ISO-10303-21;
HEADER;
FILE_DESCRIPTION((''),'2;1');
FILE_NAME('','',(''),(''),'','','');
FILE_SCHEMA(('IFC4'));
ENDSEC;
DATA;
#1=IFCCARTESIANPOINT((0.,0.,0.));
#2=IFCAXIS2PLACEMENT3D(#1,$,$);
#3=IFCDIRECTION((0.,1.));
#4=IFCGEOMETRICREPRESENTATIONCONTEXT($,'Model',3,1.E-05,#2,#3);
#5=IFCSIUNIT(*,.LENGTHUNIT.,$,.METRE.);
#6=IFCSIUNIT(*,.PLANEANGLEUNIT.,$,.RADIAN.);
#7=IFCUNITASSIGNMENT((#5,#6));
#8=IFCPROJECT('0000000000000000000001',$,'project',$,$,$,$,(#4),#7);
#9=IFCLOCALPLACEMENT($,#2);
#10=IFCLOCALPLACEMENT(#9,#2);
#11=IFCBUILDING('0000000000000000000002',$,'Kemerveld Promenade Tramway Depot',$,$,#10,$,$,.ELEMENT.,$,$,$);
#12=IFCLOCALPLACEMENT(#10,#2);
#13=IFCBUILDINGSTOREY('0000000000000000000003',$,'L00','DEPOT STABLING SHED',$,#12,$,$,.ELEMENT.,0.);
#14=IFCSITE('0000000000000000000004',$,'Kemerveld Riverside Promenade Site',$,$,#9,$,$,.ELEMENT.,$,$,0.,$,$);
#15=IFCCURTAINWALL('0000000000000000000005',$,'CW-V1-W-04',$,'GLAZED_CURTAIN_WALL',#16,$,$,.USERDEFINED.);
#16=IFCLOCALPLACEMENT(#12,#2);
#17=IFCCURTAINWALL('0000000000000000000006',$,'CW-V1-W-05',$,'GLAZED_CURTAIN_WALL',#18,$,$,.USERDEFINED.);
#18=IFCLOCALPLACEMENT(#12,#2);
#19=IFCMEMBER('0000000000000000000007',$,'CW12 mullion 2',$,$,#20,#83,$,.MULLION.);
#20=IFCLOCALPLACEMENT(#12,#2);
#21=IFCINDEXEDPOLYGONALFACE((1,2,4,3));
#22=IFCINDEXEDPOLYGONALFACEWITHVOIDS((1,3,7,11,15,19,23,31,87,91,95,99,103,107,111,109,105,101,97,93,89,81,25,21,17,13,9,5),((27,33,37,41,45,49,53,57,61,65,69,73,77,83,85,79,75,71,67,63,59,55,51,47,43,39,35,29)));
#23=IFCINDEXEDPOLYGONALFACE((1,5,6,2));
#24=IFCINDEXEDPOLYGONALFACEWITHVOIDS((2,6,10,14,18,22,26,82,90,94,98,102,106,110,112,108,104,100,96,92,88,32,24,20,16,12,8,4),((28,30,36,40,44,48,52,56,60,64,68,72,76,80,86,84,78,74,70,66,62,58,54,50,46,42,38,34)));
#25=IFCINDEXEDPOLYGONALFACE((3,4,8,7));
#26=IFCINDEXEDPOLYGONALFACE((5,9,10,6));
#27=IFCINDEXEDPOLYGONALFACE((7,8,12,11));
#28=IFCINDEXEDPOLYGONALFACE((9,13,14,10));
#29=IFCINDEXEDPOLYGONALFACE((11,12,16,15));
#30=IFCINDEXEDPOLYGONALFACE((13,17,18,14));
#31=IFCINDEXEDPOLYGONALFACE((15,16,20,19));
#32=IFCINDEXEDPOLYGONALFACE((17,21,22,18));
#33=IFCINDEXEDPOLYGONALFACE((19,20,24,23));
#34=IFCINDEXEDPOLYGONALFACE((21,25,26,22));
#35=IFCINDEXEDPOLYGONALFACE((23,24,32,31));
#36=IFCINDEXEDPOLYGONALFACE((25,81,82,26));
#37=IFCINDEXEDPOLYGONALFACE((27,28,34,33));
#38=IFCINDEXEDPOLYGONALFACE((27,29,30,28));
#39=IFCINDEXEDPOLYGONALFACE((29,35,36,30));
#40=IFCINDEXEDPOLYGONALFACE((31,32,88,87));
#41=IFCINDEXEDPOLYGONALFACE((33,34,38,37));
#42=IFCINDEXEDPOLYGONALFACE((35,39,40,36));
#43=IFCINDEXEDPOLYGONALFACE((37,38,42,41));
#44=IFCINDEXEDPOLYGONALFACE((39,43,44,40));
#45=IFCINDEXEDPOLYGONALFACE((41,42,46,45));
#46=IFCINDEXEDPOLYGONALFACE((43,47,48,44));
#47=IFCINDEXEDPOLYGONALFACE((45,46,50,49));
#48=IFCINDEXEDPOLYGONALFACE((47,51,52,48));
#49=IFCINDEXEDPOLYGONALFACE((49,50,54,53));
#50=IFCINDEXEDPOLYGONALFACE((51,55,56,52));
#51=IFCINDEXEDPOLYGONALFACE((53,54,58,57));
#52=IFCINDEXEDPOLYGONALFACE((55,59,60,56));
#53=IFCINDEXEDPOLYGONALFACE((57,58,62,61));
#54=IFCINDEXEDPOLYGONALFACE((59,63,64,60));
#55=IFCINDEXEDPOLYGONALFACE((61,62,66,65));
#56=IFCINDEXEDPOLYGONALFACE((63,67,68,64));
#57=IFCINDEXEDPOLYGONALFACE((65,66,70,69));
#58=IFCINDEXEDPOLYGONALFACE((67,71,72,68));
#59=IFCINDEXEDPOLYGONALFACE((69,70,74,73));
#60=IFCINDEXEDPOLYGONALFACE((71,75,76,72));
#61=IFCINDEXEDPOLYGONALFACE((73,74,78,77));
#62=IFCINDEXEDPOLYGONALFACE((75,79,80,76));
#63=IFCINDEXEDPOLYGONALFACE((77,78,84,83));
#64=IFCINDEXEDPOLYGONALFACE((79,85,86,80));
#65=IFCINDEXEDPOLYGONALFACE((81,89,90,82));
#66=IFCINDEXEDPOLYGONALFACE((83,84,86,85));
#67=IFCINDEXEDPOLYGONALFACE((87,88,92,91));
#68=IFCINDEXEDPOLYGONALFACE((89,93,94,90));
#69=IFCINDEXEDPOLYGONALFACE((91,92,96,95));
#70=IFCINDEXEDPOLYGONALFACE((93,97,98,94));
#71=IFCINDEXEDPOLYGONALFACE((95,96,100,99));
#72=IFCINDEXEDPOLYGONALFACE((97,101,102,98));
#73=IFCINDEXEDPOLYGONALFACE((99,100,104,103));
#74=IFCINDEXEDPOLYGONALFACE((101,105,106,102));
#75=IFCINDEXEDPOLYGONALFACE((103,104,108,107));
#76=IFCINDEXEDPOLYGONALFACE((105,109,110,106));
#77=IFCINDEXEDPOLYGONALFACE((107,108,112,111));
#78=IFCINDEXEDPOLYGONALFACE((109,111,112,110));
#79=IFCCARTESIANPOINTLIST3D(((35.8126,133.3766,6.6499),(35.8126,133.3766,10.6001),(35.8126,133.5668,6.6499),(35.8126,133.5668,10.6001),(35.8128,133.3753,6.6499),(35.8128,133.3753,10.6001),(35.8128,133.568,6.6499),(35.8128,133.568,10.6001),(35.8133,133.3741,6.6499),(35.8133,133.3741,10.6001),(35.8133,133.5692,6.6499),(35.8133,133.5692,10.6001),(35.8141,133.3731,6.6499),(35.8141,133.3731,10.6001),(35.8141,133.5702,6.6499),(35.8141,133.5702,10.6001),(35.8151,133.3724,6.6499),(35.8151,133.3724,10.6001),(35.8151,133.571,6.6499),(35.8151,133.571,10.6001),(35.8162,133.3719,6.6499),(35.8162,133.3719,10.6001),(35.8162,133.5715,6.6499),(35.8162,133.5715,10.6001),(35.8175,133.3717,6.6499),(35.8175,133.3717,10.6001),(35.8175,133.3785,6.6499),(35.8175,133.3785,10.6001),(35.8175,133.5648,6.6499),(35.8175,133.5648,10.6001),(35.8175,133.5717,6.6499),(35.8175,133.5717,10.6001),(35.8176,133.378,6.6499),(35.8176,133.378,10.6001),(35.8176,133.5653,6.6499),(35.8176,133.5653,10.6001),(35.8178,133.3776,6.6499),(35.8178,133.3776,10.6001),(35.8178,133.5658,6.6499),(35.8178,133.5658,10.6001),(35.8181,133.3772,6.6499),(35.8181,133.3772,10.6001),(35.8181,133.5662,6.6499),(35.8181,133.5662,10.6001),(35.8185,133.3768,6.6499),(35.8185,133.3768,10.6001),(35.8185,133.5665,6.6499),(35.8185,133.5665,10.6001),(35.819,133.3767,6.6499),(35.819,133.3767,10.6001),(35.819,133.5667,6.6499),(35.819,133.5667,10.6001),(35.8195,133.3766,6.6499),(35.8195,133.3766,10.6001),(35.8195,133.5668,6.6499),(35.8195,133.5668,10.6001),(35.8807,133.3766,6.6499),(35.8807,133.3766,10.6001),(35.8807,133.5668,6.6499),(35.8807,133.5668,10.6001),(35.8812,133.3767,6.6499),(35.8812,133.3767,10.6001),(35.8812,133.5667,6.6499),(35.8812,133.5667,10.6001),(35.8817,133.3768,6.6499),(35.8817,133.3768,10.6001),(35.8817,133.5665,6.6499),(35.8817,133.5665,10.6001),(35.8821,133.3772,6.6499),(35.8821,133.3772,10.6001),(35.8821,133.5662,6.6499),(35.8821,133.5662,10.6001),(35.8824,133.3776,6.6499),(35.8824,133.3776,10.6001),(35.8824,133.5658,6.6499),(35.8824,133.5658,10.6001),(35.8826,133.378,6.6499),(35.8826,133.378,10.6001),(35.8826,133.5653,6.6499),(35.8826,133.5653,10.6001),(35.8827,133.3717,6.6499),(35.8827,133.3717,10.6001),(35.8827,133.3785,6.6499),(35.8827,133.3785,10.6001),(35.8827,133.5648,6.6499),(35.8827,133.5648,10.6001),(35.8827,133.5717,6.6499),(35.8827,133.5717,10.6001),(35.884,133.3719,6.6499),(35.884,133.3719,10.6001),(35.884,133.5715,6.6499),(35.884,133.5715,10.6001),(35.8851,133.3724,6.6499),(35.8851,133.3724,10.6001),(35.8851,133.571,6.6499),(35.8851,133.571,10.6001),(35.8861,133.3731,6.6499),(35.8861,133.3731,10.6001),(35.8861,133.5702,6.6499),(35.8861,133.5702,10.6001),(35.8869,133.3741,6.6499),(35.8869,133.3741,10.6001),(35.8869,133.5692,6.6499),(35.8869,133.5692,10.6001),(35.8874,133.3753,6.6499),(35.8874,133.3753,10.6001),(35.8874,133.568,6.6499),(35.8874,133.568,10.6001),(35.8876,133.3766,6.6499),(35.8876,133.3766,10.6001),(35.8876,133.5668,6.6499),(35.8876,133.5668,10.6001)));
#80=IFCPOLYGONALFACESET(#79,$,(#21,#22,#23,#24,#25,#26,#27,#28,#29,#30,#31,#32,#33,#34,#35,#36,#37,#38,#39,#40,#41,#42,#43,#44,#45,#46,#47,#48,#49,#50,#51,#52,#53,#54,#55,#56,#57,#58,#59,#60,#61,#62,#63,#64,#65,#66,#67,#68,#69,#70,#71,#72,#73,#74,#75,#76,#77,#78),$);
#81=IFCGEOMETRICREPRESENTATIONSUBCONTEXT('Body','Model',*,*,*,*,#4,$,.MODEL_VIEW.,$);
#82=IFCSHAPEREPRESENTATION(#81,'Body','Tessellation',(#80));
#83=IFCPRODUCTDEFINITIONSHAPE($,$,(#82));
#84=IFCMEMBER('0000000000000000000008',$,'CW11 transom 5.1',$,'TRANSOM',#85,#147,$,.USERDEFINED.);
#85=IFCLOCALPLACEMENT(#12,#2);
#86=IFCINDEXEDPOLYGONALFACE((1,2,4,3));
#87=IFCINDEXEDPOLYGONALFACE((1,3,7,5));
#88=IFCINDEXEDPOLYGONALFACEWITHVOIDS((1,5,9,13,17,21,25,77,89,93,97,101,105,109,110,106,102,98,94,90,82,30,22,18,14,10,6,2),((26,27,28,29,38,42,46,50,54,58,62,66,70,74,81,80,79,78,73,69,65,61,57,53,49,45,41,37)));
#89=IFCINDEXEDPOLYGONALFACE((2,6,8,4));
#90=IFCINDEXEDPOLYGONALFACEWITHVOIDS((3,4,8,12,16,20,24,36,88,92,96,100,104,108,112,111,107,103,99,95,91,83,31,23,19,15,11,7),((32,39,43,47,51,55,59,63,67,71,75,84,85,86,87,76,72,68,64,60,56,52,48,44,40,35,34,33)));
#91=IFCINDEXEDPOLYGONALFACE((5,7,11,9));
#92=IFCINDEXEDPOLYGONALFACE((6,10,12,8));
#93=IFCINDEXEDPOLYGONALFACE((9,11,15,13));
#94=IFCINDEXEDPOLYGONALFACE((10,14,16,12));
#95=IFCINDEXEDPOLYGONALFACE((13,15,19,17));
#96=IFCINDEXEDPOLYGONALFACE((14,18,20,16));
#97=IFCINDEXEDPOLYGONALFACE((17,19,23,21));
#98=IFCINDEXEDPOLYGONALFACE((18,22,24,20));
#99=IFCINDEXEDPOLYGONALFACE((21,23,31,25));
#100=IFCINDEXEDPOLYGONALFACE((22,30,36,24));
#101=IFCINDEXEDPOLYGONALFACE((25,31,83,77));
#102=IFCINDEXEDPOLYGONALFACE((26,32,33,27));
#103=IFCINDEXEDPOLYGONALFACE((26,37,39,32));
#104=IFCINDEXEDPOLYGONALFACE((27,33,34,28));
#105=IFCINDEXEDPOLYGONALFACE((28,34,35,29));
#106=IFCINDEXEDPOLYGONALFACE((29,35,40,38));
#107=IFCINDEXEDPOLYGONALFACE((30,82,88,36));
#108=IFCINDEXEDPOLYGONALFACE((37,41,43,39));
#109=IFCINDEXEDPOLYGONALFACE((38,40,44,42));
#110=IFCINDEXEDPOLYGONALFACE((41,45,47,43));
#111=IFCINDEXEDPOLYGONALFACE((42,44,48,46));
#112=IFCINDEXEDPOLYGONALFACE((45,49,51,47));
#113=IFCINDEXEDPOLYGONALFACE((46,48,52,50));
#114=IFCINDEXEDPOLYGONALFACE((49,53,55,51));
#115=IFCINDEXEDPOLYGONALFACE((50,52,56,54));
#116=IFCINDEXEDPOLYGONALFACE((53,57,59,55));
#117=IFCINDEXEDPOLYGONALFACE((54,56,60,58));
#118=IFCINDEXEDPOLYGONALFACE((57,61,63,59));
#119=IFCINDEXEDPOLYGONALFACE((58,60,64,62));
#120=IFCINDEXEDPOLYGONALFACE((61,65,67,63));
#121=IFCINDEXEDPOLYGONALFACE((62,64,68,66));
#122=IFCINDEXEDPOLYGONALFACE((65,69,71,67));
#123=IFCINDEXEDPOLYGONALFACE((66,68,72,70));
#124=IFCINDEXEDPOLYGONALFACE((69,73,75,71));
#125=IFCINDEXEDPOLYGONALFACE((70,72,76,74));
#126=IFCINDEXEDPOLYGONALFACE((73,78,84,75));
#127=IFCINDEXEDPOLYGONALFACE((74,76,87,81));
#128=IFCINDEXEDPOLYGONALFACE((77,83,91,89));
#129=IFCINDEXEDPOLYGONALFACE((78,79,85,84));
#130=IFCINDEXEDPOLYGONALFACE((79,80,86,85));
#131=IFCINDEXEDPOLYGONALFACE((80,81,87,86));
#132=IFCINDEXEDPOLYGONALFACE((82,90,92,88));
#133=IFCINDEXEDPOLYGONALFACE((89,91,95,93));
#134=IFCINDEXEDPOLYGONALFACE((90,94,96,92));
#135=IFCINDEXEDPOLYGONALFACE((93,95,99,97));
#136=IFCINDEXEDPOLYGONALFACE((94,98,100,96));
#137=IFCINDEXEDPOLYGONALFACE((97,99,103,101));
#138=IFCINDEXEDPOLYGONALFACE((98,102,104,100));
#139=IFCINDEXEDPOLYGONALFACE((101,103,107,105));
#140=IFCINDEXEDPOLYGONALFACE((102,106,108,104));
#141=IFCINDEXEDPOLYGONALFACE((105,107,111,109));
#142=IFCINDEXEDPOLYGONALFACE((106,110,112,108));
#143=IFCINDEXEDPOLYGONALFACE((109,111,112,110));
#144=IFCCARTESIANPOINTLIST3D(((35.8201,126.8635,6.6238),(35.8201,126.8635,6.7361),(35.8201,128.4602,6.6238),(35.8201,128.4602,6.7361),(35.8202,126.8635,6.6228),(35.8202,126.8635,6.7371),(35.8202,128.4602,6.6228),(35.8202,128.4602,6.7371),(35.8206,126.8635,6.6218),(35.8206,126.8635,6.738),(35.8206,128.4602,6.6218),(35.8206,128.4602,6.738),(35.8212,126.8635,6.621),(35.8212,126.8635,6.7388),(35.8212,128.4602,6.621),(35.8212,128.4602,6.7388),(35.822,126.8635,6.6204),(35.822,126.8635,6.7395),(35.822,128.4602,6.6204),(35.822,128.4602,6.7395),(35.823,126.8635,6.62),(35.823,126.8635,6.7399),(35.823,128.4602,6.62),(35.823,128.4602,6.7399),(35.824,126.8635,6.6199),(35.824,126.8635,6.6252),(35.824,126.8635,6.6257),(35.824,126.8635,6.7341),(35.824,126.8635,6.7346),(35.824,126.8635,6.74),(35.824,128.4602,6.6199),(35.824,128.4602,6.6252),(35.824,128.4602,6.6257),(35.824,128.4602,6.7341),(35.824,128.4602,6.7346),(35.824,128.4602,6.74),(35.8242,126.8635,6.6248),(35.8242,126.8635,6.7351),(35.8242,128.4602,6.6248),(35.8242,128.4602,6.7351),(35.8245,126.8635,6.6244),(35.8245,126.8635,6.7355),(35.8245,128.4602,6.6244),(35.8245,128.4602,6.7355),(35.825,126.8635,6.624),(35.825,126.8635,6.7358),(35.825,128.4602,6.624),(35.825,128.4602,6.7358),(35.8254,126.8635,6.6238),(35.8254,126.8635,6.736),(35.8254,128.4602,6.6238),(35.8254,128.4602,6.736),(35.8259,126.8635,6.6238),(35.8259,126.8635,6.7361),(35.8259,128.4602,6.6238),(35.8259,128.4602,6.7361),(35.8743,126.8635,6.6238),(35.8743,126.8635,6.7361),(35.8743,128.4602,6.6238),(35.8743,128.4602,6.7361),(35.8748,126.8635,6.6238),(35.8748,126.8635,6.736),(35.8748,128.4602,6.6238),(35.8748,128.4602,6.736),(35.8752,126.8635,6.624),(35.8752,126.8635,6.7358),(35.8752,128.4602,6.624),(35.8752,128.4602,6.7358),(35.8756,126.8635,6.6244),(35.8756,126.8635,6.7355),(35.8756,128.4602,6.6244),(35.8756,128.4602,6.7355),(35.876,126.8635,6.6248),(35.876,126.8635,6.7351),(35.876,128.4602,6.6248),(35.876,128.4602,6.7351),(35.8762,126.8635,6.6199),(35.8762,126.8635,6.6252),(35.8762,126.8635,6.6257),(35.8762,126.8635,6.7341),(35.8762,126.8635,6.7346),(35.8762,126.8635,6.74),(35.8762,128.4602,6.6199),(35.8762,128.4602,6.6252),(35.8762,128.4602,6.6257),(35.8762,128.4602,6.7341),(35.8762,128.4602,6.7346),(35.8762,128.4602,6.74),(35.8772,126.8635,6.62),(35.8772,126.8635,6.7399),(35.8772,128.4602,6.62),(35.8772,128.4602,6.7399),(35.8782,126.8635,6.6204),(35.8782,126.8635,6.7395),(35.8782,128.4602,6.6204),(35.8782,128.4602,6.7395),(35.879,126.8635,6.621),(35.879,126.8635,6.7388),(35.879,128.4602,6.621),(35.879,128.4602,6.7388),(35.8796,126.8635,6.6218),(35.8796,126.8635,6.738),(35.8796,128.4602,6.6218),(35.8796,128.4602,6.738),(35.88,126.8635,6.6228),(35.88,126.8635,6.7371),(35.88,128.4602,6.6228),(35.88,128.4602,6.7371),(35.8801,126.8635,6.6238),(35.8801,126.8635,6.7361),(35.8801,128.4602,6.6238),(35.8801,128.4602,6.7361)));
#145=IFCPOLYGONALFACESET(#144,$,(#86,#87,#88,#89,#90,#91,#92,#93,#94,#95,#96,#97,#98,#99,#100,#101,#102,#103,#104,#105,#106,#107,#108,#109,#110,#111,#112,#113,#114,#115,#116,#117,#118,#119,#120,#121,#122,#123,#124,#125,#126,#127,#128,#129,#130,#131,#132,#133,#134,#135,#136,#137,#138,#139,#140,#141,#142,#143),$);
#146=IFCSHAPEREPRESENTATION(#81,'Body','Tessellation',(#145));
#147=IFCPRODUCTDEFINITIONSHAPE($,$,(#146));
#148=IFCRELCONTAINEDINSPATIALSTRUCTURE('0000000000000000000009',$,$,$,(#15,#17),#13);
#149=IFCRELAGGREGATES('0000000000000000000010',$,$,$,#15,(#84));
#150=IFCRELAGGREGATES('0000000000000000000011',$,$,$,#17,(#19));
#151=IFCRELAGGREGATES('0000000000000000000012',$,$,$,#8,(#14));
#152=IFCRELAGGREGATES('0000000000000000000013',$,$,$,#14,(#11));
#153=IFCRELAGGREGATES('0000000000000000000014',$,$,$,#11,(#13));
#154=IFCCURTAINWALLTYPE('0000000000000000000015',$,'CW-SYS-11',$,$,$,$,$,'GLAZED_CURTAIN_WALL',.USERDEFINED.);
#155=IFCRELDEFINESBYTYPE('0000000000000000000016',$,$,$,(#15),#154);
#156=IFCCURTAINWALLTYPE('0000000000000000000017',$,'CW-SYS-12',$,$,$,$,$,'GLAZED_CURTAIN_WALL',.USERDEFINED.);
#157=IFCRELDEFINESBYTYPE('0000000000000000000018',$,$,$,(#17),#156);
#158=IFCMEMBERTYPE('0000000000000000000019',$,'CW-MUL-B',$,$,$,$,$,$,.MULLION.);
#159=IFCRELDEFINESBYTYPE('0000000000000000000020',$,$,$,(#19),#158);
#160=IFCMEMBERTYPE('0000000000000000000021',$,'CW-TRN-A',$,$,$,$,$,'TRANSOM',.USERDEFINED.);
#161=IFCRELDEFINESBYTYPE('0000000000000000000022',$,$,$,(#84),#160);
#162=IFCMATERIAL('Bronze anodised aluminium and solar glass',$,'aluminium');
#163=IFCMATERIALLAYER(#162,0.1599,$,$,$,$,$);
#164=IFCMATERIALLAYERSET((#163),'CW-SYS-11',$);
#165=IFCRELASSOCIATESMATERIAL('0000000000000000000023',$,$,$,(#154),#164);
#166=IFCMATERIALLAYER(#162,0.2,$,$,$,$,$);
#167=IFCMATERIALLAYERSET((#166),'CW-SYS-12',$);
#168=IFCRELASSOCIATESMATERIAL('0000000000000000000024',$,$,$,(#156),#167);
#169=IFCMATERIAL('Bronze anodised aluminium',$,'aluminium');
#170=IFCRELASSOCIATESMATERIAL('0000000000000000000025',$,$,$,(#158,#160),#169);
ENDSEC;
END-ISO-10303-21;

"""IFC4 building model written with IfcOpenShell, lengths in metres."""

from ifc_helpers import new_model, si_unit, direction, frame, origin, origin_2d, place, context, subcontext, project, spatial, hollow_rectangle, extrude, material, layer, layer_set, material_profile, profile_set, type_object, element, aggregate, save


model = new_model("IFC4")

# Units and contexts
model_context = context("Model", 3, precision=1e-05, world=origin(), true_north=direction((0.0, 1.0)))
body_context = subcontext(model_context, "Body", "Model", "MODEL_VIEW")
ifc_project = project(units=[si_unit("LENGTHUNIT", "METRE"), si_unit("PLANEANGLEUNIT", "RADIAN")], contexts=[model_context])

# Site, building, storey
site_placement = place(None, origin())
site = spatial("IfcSite", under=ifc_project, at=site_placement, Name="Kemerveld Riverside Promenade Site", CompositionType="ELEMENT", RefElevation=0.0)
building_placement = place(site_placement, origin())
building = spatial("IfcBuilding", under=site, at=building_placement, Name="Kemerveld Promenade Tramway Depot", CompositionType="ELEMENT")
storey_placement = place(building_placement, origin())
storey = spatial("IfcBuildingStorey", under=building, at=storey_placement, Name="L00", Description="DEPOT STABLING SHED", CompositionType="ELEMENT", Elevation=0.0)

# Curtain walls, member
ifc_material_1 = material(Name="Bronze anodised aluminium and solar glass", Category="aluminium")
ifc_layer_1 = layer(ifc_material_1, 0.1599)
ifc_layer_set_1 = layer_set([ifc_layer_1], Name="CW-SYS-11")
curtain_wall_type_1 = type_object("IfcCurtainWallType", Name="CW-SYS-11", ElementType="GLAZED_CURTAIN_WALL", PredefinedType="USERDEFINED", material=ifc_layer_set_1)
curtain_wall_1_placement = place(storey_placement, origin())
curtain_wall_1 = element("IfcCurtainWall", 1, at=curtain_wall_1_placement, inside=storey, type_object=curtain_wall_type_1, Name="CW-V1-W-04", ObjectType="GLAZED_CURTAIN_WALL", PredefinedType="USERDEFINED")
ifc_material_2 = material(Name="Bronze anodised aluminium", Category="aluminium")
ifc_layer_2 = layer(ifc_material_1, 0.2)
ifc_layer_set_2 = layer_set([ifc_layer_2], Name="CW-SYS-12")
curtain_wall_type_2 = type_object("IfcCurtainWallType", Name="CW-SYS-12", ElementType="GLAZED_CURTAIN_WALL", PredefinedType="USERDEFINED", material=ifc_layer_set_2)
curtain_wall_2_placement = place(storey_placement, origin())
curtain_wall_2 = element("IfcCurtainWall", 2, at=curtain_wall_2_placement, inside=storey, type_object=curtain_wall_type_2, Name="CW-V1-W-05", ObjectType="GLAZED_CURTAIN_WALL", PredefinedType="USERDEFINED")
ifc_material_profile_1 = material_profile(ifc_material_2, hollow_rectangle(XDim=0.075, YDim=0.2, WallThickness=0.0049, InnerFilletRadius=0.002, OuterFilletRadius=0.0049, at=origin_2d()), Name="CW-MUL-200x75")
ifc_profile_set_1 = profile_set([ifc_material_profile_1], Name="Bronze anodised aluminium")
member_type_1 = type_object("IfcMemberType", Name="CW-MUL-B", PredefinedType="MULLION", material=ifc_profile_set_1)
member_1_placement = place(storey_placement, frame((35.8501, 133.4717, 6.6499), z_axis=(0.0, 0.0, 1.0), x_axis=(-1.0, 0.0, 0.0)))
member_1 = element("IfcMember", 3, at=member_1_placement, type_object=member_type_1, Name="CW12 mullion 2", PredefinedType="MULLION", context=body_context, shape_type="SweptSolid", body=[
    extrude(hollow_rectangle(XDim=0.075, YDim=0.2, WallThickness=0.0049, InnerFilletRadius=0.002, OuterFilletRadius=0.0049, at=origin_2d()), origin(), (0.0, 0.0, 1.0), 3.9502),
])

# Member
ifc_material_profile_2 = material_profile(ifc_material_2, hollow_rectangle(XDim=0.0601, YDim=0.1201, WallThickness=0.0039, InnerFilletRadius=0.002, OuterFilletRadius=0.0039, at=origin_2d()), Name="CW-TRN-120x60")
ifc_profile_set_2 = profile_set([ifc_material_profile_2], Name="Bronze anodised aluminium")
member_type_2 = type_object("IfcMemberType", Name="CW-TRN-A", ElementType="TRANSOM", PredefinedType="USERDEFINED", material=ifc_profile_set_2)
member_2_placement = place(storey_placement, frame((35.8501, 126.8635, 6.6799), z_axis=(0.0, 1.0, 0.0), x_axis=(-1.0, 0.0, 0.0)))
member_2 = element("IfcMember", 4, at=member_2_placement, type_object=member_type_2, Name="CW11 transom 5.1", ObjectType="TRANSOM", PredefinedType="USERDEFINED", context=body_context, shape_type="SweptSolid", body=[
    extrude(hollow_rectangle(XDim=0.0601, YDim=0.1201, WallThickness=0.0039, InnerFilletRadius=0.002, OuterFilletRadius=0.0039, at=origin_2d()), origin(), (0.0, 0.0, 1.0), 1.5967),
])

aggregate(curtain_wall_1, [member_2])
aggregate(curtain_wall_2, [member_1])

save(model, "model.ifc")
